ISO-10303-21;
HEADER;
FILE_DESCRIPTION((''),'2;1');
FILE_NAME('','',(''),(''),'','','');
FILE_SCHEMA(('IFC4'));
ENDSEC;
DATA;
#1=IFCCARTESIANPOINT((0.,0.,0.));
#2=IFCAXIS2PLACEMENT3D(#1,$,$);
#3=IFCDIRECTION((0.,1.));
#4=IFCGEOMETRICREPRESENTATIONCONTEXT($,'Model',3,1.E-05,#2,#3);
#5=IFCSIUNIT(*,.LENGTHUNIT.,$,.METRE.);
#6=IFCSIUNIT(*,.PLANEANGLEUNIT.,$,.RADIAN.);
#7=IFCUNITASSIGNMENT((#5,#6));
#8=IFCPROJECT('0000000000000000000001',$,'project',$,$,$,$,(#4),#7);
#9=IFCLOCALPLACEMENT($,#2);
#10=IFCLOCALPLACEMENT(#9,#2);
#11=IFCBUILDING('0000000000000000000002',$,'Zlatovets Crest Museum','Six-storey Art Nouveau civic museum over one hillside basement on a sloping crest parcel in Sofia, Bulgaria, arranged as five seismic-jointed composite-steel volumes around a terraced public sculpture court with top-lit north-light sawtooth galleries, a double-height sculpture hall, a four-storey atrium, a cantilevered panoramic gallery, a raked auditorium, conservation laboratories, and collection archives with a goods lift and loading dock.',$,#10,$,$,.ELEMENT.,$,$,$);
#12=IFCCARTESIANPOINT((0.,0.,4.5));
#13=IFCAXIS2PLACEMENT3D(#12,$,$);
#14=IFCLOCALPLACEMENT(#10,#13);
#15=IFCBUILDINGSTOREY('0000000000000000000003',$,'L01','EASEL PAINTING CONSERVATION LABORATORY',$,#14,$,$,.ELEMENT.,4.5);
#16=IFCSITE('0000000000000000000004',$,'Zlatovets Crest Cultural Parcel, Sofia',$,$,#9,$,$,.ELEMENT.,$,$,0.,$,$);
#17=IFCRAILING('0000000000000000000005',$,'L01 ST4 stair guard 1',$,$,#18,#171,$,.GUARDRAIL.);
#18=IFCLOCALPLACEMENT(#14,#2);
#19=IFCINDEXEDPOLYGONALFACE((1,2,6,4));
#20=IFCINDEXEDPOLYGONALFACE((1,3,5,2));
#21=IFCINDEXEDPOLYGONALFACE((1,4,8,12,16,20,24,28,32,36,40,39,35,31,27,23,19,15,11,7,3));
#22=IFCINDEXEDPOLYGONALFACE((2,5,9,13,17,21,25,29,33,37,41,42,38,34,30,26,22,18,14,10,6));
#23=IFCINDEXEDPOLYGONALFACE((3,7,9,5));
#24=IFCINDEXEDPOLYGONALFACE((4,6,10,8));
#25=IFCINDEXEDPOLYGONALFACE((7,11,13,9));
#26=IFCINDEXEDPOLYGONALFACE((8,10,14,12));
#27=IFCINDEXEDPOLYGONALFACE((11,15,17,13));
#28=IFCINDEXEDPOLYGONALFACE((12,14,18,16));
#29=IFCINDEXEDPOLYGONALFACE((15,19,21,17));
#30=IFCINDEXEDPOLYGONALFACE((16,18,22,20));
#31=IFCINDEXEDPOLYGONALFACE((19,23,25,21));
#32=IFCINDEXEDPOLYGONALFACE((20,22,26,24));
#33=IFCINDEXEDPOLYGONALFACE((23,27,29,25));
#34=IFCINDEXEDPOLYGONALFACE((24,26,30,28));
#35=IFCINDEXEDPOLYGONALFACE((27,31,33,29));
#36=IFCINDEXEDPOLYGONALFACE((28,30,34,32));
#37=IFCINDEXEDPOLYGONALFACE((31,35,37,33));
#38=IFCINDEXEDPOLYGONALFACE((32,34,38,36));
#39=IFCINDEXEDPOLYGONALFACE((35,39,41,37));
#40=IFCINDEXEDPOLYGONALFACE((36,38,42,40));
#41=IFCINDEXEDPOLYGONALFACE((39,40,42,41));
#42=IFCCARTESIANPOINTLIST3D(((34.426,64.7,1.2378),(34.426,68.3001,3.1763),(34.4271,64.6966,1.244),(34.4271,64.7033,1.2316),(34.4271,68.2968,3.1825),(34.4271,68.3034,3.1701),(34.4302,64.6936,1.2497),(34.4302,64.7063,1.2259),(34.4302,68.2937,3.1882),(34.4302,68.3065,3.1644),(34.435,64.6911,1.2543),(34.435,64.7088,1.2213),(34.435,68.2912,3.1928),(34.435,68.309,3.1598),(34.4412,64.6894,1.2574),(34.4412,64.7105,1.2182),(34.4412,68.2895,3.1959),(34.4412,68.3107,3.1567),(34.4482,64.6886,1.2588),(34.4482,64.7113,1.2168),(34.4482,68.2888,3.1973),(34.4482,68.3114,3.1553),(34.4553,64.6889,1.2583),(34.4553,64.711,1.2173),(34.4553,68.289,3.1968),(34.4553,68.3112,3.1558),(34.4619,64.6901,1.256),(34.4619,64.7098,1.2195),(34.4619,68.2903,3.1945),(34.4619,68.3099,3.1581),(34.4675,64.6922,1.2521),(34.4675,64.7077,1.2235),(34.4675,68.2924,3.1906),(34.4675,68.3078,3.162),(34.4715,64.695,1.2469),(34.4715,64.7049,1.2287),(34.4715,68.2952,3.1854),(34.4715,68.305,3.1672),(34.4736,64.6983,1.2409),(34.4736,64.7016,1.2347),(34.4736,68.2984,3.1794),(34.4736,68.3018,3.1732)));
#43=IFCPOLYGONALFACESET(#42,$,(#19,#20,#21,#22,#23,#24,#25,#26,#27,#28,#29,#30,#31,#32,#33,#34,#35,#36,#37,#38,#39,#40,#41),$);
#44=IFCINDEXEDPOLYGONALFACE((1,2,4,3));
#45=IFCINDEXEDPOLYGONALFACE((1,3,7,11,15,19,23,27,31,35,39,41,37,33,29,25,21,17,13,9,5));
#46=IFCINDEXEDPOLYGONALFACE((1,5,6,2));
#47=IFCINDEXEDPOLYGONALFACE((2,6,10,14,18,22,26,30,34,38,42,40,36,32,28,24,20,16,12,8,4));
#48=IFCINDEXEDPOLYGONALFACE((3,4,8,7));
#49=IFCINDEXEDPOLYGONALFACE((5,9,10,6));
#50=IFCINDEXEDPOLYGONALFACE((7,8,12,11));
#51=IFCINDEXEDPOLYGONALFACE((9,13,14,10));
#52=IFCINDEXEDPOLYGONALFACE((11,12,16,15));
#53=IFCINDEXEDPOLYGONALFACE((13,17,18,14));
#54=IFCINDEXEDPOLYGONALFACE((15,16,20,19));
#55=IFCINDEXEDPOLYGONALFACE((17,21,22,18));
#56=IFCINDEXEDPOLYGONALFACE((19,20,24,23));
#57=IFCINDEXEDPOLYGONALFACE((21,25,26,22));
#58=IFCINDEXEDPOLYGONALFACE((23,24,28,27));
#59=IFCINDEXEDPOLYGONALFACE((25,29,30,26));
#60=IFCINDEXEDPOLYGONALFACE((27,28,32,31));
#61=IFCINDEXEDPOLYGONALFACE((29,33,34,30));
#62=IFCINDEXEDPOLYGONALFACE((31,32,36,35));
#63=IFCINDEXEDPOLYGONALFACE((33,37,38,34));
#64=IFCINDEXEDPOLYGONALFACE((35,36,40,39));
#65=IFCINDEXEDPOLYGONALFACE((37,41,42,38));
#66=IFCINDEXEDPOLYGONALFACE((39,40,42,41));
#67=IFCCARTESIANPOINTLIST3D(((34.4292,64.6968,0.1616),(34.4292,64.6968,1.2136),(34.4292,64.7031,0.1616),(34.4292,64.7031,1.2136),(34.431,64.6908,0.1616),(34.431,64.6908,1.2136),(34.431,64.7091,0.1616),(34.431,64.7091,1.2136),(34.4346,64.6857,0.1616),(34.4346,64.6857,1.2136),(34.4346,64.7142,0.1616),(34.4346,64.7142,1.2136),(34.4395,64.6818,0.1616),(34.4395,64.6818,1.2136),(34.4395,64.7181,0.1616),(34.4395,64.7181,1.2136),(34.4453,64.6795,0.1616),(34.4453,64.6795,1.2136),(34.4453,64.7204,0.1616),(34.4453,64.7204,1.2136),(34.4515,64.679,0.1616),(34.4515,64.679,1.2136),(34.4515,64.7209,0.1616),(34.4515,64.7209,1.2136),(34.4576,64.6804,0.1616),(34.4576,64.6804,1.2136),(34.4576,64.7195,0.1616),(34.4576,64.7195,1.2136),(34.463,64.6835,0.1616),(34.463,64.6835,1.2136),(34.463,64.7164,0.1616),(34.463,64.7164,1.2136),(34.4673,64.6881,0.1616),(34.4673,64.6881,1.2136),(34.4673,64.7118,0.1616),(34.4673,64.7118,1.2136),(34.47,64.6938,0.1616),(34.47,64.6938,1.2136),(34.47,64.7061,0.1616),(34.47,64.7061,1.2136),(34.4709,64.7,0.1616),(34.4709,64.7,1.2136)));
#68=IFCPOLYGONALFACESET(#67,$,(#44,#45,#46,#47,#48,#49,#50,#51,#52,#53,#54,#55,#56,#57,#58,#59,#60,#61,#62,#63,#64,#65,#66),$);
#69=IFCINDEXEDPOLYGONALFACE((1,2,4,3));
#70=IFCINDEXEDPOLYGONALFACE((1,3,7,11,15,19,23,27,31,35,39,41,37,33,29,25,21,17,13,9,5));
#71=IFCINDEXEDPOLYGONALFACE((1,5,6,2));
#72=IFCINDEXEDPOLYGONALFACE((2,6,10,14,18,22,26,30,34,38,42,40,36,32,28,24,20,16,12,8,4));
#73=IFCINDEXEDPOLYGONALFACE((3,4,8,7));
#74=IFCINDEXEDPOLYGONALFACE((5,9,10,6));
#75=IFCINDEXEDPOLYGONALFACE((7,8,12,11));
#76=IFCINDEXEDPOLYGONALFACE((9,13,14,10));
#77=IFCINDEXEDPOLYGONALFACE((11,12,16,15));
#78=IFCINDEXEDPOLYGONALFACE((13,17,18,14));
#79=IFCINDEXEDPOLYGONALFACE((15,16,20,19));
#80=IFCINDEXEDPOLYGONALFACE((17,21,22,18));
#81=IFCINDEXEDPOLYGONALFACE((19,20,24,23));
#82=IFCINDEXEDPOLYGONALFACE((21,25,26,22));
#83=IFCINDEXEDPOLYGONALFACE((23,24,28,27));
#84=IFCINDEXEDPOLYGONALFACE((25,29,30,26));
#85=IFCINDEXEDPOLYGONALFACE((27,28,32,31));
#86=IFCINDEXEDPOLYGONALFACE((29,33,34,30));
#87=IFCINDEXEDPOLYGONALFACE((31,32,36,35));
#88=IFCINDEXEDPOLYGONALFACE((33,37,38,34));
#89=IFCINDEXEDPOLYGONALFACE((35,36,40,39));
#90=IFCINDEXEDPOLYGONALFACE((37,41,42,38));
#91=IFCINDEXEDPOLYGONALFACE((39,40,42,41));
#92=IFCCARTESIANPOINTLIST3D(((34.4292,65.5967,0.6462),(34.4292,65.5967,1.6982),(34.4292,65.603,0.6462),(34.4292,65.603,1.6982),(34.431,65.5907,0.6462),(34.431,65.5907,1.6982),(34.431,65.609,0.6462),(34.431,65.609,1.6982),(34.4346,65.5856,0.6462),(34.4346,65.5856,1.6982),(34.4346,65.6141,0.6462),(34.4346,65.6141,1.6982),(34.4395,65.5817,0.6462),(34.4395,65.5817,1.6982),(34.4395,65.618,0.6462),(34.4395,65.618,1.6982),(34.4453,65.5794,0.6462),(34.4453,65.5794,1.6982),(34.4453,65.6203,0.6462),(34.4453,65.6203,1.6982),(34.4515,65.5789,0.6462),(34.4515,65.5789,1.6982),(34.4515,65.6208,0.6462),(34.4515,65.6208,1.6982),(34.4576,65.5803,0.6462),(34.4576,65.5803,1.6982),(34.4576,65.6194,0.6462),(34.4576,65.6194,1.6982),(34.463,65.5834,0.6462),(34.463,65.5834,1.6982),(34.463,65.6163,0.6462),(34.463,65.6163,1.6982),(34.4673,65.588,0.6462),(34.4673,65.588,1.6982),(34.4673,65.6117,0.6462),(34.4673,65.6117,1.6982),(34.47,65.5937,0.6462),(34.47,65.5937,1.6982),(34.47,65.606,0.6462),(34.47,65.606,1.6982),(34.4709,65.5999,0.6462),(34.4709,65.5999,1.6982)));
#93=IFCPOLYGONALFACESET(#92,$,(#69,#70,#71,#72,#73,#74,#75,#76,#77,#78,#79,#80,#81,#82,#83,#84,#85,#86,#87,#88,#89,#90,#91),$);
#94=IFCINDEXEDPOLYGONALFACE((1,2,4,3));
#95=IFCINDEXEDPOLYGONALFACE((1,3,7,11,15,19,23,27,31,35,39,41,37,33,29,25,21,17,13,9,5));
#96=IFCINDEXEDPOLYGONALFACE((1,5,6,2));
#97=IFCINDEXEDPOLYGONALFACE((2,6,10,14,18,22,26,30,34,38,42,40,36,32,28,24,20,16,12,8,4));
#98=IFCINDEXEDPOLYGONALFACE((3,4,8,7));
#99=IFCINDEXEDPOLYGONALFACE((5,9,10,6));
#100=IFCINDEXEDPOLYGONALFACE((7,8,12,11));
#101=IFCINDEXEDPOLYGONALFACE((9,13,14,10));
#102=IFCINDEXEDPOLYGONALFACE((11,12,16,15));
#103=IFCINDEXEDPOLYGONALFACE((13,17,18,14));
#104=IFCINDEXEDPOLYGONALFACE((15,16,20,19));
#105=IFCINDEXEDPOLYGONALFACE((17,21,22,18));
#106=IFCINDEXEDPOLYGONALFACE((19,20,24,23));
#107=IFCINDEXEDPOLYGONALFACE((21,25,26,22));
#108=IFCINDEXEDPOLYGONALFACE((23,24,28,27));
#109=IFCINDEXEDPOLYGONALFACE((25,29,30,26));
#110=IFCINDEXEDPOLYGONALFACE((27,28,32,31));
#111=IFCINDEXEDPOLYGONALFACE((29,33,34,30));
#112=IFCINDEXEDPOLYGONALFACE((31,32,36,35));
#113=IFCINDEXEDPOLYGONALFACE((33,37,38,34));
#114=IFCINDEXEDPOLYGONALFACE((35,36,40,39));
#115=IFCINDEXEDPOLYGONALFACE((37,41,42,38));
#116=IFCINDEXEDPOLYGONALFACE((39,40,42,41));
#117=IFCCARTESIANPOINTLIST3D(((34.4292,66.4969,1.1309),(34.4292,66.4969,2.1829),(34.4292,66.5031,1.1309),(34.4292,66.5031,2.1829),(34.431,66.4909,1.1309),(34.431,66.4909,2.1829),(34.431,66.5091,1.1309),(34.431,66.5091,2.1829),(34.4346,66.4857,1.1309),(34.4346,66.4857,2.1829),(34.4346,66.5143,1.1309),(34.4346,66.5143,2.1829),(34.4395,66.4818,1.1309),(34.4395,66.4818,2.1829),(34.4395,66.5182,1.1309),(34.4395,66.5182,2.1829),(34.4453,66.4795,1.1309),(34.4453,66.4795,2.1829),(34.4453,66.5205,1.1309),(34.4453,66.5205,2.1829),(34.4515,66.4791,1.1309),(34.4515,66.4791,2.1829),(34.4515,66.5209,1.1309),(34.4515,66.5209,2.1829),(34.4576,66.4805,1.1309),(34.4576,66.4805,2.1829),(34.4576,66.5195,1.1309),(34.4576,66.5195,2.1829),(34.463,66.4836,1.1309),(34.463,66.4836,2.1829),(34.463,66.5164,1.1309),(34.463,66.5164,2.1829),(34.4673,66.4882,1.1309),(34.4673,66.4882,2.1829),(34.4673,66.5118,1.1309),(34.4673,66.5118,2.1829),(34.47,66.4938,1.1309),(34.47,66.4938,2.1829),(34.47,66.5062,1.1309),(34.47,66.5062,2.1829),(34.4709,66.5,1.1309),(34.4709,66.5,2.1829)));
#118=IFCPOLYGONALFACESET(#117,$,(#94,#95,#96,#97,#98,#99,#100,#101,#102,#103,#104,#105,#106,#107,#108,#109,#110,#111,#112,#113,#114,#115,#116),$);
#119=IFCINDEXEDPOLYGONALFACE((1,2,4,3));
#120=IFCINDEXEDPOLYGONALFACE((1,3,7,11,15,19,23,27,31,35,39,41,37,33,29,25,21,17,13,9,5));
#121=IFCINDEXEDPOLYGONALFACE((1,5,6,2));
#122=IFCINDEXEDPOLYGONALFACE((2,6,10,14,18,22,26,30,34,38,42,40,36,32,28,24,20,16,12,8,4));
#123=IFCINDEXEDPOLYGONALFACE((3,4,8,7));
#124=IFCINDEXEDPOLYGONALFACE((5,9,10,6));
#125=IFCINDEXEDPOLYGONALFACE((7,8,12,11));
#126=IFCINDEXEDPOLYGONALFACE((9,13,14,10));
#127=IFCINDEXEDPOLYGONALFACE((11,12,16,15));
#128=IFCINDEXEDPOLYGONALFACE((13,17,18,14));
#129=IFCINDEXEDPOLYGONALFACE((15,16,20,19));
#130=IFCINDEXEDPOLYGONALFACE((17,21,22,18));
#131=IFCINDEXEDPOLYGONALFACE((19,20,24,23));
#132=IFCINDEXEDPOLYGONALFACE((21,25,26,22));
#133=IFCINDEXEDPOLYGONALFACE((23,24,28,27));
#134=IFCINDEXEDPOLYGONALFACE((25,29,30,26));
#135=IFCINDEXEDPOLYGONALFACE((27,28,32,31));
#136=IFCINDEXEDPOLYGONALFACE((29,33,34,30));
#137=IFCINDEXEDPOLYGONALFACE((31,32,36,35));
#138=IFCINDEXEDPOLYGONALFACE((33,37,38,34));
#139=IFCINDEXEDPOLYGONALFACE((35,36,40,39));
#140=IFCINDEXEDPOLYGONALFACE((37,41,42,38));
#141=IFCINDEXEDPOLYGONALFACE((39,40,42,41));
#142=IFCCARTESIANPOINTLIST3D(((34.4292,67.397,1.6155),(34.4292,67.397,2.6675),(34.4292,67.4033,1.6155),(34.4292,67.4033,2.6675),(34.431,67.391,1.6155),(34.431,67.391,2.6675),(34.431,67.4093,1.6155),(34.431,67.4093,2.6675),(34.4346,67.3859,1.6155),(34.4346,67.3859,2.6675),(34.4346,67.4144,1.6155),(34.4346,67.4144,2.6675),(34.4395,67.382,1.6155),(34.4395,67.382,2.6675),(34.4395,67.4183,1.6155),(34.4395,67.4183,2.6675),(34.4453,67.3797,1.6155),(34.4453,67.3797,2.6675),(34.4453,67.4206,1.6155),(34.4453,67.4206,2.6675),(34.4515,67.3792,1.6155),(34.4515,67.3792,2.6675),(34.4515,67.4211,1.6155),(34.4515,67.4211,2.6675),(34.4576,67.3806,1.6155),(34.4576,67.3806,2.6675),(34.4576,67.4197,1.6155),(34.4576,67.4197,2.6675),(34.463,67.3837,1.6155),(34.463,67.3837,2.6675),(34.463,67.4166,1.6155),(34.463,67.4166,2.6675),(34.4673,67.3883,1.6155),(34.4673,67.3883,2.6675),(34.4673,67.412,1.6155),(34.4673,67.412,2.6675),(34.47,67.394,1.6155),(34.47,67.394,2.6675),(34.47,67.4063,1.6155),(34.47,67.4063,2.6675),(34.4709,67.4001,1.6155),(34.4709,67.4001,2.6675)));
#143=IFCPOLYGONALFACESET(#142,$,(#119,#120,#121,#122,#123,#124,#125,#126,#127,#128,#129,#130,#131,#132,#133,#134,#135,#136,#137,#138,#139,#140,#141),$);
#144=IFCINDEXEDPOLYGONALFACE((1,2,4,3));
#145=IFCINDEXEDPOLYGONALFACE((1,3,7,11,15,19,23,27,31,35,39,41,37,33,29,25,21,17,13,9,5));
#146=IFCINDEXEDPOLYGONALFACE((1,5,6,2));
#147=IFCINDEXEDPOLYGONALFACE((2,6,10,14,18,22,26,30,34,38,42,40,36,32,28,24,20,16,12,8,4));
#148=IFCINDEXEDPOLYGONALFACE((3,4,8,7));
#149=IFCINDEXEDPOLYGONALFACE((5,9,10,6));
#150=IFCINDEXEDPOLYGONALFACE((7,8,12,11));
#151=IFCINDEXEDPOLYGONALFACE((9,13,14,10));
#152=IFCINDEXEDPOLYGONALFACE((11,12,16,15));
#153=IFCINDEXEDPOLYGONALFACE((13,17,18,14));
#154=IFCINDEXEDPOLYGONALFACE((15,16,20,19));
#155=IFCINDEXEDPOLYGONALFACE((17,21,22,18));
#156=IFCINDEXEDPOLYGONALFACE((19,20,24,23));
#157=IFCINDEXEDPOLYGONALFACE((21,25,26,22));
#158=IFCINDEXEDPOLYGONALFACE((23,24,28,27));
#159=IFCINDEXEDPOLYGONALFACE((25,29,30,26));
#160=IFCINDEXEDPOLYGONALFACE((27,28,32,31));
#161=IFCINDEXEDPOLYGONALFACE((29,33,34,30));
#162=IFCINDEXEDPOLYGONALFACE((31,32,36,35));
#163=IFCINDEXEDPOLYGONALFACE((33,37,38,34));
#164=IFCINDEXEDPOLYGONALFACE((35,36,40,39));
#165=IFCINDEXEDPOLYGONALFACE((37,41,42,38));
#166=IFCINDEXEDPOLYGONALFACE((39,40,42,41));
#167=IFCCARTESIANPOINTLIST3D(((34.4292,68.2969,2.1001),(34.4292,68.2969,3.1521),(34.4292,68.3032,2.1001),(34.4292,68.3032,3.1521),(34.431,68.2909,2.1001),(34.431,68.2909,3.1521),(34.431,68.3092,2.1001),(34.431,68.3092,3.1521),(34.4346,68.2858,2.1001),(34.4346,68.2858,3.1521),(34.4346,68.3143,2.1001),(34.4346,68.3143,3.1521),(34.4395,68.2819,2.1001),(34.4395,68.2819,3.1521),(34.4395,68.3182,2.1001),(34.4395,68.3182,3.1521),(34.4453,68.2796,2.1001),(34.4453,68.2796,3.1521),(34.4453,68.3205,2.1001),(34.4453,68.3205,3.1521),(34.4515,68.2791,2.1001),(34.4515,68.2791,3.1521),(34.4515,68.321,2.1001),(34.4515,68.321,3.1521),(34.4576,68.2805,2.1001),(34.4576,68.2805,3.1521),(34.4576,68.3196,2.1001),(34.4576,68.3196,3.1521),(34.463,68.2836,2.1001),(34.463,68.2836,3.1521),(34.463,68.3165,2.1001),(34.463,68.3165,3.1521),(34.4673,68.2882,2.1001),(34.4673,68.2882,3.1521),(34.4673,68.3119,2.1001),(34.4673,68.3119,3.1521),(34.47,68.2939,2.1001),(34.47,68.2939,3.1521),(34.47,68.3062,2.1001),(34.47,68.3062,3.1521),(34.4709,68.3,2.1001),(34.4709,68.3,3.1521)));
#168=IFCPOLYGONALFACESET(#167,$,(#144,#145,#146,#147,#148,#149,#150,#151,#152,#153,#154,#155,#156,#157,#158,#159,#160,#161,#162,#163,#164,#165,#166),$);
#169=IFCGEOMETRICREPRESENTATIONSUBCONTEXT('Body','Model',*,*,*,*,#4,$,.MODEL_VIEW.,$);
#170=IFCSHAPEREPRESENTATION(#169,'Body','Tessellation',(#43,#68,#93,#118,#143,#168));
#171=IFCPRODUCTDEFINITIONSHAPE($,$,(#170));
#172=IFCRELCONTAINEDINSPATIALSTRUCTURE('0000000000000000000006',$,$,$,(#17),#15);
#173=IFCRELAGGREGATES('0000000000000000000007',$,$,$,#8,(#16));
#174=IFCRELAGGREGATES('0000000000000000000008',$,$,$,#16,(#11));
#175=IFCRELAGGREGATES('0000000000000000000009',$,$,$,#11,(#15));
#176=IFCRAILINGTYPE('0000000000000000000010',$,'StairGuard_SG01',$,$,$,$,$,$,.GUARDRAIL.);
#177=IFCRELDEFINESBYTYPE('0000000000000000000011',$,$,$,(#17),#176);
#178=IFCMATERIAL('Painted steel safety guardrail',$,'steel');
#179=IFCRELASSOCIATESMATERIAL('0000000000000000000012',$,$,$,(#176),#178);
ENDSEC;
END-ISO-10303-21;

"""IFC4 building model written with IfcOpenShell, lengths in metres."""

from ifc_helpers import new_model, si_unit, direction, frame, origin, origin_2d, place, context, subcontext, project, spatial, circle, extrude, material, type_object, element, save


model = new_model("IFC4")

# Units and contexts
model_context = context("Model", 3, precision=1e-05, world=origin(), true_north=direction((0.0, 1.0)))
body_context = subcontext(model_context, "Body", "Model", "MODEL_VIEW")
ifc_project = project(units=[si_unit("LENGTHUNIT", "METRE"), si_unit("PLANEANGLEUNIT", "RADIAN")], contexts=[model_context])

# Site, building, storey
site_placement = place(None, origin())
site = spatial("IfcSite", under=ifc_project, at=site_placement, Name="Zlatovets Crest Cultural Parcel, Sofia", CompositionType="ELEMENT", RefElevation=0.0)
building_placement = place(site_placement, origin())
building = spatial("IfcBuilding", under=site, at=building_placement, Name="Zlatovets Crest Museum", Description="Six-storey Art Nouveau civic museum over one hillside basement on a sloping crest parcel in Sofia, Bulgaria, arranged as five seismic-jointed composite-steel volumes around a terraced public sculpture court with top-lit north-light sawtooth galleries, a double-height sculpture hall, a four-storey atrium, a cantilevered panoramic gallery, a raked auditorium, conservation laboratories, and collection archives with a goods lift and loading dock.", CompositionType="ELEMENT")
storey_placement = place(building_placement, frame((0.0, 0.0, 4.5)))
storey = spatial("IfcBuildingStorey", under=building, at=storey_placement, Name="L01", Description="EASEL PAINTING CONSERVATION LABORATORY", CompositionType="ELEMENT", Elevation=4.5)

# Railing
ifc_material_1 = material(Name="Painted steel safety guardrail", Category="steel")
railing_type_1 = type_object("IfcRailingType", Name="StairGuard_SG01", PredefinedType="GUARDRAIL", material=ifc_material_1)
railing_1_placement = place(storey_placement, frame((34.45, 64.7, 0.1616)))
element("IfcRailing", 1, at=railing_1_placement, inside=storey, type_object=railing_type_1, Name="L01 ST4 stair guard 1", PredefinedType="GUARDRAIL", context=body_context, shape_type="SweptSolid", body=[
    extrude(circle(Radius=0.0239, at=origin_2d()), frame((0.0, 0.0, 1.0762), z_axis=(0.0, 0.880475, 0.474093), x_axis=(-1.0, 0.0, 0.0)), (0.0, 0.0, 1.0), 4.0889),
    extrude(circle(Radius=0.021, at=origin_2d()), origin(), (0.0, 0.0, 1.0), 1.052),
    extrude(circle(Radius=0.021, at=origin_2d()), frame((0.0, 0.8999, 0.4846)), (0.0, 0.0, 1.0), 1.052),
    extrude(circle(Radius=0.021, at=origin_2d()), frame((0.0, 1.8, 0.9692)), (0.0, 0.0, 1.0), 1.052),
    extrude(circle(Radius=0.021, at=origin_2d()), frame((0.0, 2.7002, 1.4539)), (0.0, 0.0, 1.0), 1.052),
    extrude(circle(Radius=0.021, at=origin_2d()), frame((0.0, 3.6001, 1.9385)), (0.0, 0.0, 1.0), 1.052),
])

save(model, "model.ifc")
